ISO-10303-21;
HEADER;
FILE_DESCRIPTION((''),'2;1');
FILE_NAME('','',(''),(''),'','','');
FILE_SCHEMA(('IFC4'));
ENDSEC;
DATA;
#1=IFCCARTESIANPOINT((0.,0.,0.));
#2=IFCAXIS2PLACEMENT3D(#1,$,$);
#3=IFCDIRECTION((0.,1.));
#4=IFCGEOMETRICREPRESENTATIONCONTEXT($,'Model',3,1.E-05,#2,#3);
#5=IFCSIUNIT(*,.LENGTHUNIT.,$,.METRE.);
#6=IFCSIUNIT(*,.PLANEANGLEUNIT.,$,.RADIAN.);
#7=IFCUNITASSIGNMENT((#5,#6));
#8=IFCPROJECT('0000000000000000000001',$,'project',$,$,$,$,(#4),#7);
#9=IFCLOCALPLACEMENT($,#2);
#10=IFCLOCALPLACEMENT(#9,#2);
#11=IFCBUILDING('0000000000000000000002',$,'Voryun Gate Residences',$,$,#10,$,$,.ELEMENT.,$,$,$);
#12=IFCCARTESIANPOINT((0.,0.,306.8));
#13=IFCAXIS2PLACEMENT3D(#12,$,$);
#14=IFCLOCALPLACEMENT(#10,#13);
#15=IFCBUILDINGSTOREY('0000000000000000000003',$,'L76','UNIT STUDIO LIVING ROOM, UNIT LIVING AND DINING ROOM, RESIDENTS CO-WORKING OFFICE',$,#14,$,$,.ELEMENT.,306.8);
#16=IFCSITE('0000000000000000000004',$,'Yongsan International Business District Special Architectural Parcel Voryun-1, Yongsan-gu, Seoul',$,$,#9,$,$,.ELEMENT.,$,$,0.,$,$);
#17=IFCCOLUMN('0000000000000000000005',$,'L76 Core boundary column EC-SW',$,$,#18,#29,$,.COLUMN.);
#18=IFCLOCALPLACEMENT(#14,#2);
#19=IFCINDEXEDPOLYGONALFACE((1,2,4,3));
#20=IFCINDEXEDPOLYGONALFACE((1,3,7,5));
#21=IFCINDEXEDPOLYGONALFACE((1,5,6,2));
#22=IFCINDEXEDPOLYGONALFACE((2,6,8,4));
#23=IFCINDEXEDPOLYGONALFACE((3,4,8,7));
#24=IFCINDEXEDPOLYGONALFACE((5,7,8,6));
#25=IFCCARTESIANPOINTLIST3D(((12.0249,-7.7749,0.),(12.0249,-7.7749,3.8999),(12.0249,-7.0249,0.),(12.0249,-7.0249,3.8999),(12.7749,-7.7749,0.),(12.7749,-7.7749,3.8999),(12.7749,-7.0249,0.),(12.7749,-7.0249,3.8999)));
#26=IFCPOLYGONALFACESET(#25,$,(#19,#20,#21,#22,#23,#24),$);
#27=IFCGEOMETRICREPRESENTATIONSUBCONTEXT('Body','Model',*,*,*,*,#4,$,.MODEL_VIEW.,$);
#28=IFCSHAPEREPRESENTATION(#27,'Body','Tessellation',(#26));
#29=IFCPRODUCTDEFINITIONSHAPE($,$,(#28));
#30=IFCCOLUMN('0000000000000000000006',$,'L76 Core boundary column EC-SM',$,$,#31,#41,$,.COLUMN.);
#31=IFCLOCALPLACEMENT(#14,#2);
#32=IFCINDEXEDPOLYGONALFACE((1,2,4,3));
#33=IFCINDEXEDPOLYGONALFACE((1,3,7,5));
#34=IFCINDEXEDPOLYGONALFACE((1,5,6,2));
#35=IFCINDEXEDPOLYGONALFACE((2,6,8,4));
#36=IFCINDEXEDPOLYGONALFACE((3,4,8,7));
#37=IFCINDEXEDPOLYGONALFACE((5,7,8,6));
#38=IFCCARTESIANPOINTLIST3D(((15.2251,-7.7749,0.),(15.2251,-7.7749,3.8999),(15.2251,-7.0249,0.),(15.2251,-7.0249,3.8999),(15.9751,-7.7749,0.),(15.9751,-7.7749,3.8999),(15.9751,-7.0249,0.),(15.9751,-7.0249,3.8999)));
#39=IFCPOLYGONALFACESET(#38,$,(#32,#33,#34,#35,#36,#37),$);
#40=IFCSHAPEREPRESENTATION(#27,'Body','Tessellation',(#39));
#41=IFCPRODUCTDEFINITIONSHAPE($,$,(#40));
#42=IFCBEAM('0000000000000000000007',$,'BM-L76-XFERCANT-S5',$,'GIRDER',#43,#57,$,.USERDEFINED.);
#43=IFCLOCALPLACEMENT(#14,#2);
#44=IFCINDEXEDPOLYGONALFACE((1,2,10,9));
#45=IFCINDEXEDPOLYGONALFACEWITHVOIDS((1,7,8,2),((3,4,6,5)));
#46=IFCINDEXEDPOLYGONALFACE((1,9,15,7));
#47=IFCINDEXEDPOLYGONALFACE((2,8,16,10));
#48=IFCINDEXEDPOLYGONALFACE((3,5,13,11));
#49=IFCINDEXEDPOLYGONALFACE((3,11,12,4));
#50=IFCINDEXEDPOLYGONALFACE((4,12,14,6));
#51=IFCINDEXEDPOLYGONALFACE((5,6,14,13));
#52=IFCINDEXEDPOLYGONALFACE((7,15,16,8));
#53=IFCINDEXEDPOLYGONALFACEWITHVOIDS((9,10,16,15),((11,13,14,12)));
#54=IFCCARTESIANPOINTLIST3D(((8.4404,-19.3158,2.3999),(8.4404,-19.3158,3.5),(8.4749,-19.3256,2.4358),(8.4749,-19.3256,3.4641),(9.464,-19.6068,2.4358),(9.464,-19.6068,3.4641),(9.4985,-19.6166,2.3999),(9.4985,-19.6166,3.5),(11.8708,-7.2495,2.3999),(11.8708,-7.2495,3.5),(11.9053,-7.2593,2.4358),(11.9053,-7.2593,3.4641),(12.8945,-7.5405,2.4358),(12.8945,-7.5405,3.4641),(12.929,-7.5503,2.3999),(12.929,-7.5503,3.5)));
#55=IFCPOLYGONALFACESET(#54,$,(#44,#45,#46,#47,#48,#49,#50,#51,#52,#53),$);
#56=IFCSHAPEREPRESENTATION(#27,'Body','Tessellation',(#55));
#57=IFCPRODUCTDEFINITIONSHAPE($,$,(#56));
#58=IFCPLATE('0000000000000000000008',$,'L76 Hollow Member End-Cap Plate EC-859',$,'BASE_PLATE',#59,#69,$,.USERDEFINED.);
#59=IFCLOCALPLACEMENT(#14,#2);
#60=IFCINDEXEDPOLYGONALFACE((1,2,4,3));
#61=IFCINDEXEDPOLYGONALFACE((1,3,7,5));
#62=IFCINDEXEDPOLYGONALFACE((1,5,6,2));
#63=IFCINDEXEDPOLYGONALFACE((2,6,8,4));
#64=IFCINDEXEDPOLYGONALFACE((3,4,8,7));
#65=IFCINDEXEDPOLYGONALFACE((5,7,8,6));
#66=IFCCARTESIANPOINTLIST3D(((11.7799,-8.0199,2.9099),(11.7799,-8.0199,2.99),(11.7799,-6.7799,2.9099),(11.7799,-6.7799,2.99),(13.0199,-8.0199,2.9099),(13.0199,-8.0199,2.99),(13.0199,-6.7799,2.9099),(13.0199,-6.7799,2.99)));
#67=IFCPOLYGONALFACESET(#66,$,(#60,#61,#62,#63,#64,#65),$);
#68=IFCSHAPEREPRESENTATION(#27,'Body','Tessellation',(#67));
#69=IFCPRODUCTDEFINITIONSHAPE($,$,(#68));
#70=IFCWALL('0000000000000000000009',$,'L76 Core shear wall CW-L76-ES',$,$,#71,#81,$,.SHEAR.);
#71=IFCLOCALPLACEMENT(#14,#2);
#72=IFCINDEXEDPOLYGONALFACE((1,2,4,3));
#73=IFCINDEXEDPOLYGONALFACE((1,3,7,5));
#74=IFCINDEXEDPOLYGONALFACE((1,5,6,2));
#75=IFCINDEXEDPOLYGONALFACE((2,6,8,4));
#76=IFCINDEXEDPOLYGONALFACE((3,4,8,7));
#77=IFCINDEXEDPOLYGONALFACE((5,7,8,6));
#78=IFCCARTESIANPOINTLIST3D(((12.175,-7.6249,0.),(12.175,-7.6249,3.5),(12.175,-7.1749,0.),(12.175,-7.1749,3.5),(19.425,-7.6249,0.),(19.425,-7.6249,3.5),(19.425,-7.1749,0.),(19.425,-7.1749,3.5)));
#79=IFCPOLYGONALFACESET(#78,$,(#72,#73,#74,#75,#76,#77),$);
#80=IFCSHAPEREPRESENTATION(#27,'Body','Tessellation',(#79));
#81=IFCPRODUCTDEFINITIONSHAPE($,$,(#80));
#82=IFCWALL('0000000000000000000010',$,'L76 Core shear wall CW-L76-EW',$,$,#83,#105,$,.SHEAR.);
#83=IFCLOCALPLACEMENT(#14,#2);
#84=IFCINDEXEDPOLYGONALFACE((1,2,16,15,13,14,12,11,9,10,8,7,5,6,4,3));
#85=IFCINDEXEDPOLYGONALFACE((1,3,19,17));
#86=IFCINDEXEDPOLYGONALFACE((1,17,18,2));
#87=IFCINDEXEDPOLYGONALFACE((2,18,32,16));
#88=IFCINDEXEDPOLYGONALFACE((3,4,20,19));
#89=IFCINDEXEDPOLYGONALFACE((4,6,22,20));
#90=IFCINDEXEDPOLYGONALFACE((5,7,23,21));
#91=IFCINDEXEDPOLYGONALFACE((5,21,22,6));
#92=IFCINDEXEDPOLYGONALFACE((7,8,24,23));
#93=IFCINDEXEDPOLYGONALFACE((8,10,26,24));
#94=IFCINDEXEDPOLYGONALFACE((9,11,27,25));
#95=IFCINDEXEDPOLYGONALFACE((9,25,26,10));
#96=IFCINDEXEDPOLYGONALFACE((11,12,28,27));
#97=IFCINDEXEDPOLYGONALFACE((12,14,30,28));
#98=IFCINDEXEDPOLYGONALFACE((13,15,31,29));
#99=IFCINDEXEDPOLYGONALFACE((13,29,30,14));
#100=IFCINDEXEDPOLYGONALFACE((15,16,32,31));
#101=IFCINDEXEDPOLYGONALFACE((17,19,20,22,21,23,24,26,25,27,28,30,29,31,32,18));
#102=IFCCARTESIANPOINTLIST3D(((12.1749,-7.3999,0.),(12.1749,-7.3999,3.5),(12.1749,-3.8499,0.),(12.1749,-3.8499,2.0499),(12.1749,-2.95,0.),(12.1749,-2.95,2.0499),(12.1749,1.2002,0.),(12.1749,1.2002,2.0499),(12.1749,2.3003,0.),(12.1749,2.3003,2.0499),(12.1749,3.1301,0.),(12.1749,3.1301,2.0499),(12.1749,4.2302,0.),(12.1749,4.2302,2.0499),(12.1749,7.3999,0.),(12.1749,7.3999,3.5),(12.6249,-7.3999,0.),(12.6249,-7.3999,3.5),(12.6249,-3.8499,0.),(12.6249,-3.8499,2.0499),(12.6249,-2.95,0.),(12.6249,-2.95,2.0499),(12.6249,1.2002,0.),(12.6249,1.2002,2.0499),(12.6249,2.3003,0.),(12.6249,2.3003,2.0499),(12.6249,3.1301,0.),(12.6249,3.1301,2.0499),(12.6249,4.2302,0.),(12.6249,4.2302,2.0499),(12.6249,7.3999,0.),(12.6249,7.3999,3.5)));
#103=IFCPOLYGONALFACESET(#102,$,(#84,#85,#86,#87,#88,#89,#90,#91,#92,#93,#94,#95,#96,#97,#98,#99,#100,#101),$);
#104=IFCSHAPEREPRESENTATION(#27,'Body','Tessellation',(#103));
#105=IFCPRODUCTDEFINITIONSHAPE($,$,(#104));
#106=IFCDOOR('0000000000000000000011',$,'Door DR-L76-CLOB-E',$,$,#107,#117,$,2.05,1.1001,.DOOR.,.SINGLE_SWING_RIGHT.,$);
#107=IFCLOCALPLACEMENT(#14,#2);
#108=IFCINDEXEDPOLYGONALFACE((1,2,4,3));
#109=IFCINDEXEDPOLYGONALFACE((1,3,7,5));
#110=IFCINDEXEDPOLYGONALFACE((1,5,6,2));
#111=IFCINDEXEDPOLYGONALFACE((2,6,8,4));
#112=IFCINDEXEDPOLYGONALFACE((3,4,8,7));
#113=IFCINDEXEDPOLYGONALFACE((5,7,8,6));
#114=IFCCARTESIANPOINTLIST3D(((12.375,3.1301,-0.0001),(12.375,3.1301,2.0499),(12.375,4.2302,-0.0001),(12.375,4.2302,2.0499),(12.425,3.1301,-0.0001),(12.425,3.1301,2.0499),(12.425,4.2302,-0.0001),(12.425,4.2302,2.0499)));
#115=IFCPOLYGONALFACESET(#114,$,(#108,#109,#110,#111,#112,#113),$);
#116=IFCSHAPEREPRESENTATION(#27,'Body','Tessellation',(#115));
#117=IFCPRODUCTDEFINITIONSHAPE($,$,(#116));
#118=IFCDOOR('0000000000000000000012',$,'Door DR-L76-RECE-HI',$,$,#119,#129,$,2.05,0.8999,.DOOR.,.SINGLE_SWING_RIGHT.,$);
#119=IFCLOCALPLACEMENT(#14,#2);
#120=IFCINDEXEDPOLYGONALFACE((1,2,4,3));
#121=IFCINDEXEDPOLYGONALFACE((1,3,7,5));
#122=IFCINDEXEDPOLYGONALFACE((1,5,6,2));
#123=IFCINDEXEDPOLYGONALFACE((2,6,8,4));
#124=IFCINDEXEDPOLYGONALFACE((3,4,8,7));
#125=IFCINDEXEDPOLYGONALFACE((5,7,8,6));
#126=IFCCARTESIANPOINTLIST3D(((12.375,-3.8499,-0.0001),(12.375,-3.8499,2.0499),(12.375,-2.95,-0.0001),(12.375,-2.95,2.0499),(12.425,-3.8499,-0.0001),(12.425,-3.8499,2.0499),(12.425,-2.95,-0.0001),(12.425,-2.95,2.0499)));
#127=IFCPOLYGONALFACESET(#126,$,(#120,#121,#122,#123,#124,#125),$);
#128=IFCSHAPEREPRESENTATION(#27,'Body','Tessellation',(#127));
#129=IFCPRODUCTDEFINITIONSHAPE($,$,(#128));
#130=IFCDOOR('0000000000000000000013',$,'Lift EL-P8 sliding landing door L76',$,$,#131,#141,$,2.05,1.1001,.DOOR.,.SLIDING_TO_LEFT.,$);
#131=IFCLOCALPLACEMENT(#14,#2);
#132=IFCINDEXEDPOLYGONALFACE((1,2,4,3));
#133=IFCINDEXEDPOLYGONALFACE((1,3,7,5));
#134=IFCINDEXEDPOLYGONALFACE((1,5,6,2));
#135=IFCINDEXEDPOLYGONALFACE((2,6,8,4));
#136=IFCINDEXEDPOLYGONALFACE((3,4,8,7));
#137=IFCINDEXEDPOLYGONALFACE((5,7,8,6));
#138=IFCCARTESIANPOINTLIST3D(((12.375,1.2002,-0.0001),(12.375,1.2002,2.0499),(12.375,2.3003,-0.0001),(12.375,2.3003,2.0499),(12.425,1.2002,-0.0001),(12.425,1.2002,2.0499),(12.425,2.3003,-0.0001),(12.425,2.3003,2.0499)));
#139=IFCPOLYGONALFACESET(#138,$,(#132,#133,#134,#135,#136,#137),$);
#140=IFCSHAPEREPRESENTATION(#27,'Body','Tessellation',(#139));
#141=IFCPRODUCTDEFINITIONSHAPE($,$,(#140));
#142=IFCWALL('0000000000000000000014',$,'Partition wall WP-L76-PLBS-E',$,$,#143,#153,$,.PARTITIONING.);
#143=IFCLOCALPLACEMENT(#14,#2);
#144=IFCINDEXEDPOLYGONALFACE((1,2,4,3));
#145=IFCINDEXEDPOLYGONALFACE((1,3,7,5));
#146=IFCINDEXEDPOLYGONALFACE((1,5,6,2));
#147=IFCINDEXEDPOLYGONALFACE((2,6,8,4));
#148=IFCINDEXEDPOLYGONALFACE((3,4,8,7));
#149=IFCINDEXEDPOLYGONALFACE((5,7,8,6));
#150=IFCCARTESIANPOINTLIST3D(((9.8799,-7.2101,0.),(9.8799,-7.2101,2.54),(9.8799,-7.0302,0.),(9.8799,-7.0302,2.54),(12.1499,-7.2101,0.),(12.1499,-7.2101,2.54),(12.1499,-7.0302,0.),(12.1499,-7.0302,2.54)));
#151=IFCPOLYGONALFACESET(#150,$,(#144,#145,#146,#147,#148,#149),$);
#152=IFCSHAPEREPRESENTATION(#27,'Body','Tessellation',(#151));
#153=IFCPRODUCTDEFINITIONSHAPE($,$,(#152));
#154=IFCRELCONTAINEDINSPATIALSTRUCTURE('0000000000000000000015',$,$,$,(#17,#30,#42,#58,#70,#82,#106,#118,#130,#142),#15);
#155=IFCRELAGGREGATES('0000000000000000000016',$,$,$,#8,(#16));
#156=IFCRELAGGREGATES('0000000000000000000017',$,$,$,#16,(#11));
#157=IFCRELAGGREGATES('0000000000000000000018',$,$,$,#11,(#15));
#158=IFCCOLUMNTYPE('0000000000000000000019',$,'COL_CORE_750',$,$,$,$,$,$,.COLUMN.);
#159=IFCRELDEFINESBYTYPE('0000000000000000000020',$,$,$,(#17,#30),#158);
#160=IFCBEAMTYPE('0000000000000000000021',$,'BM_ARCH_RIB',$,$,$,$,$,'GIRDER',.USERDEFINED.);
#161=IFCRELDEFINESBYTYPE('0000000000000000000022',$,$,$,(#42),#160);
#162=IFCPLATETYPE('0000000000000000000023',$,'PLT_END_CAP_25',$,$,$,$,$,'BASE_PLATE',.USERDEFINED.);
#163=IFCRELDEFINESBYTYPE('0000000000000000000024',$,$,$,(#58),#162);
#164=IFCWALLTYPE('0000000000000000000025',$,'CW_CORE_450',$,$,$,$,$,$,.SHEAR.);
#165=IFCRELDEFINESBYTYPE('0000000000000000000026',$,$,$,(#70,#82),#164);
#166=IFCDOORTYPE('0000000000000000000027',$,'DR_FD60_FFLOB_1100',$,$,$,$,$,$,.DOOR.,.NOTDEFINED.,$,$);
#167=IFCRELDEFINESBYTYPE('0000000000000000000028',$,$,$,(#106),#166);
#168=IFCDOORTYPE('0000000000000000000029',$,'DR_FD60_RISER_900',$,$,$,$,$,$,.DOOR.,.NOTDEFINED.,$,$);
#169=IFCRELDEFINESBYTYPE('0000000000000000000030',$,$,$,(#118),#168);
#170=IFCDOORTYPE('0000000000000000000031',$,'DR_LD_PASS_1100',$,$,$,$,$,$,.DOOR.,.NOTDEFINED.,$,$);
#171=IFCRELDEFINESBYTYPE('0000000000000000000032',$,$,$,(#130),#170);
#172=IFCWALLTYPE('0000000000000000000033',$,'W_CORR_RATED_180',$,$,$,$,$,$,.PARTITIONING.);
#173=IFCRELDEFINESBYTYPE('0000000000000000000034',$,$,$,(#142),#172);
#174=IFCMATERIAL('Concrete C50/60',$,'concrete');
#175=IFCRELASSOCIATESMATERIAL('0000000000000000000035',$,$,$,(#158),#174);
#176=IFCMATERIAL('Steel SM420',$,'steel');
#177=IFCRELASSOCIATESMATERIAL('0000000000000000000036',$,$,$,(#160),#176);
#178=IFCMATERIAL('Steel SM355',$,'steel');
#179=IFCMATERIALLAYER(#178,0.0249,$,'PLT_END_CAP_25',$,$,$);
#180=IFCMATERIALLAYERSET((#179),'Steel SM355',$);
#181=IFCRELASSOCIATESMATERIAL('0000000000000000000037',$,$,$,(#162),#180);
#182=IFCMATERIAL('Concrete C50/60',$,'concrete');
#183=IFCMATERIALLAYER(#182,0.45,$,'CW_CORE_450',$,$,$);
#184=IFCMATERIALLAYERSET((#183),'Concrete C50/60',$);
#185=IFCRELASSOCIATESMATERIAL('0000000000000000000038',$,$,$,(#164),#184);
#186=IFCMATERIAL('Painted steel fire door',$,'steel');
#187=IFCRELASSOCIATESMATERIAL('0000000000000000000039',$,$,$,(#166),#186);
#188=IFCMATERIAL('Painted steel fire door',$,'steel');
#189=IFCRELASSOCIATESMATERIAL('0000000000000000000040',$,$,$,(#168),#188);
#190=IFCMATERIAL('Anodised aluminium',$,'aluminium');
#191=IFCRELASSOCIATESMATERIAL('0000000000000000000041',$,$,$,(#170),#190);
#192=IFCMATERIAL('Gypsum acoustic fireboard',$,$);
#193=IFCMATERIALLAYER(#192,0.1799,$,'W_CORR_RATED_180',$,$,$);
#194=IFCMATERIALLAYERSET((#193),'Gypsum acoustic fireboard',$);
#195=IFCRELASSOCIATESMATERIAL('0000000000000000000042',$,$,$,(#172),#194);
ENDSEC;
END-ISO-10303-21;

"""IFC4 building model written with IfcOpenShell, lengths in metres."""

from ifc_helpers import new_model, si_unit, direction, frame, frame_2d, origin, origin_2d, place, context, subcontext, project, spatial, rectangle, hollow_rectangle, extrude, material, layer, layer_set, material_profile, profile_set, type_object, element, fill, save


model = new_model("IFC4")

# Units and contexts
model_context = context("Model", 3, precision=1e-05, world=origin(), true_north=direction((0.0, 1.0)))
body_context = subcontext(model_context, "Body", "Model", "MODEL_VIEW")
ifc_project = project(units=[si_unit("LENGTHUNIT", "METRE"), si_unit("PLANEANGLEUNIT", "RADIAN")], contexts=[model_context])

# Site, building, storey
site_placement = place(None, origin())
site = spatial("IfcSite", under=ifc_project, at=site_placement, Name="Yongsan International Business District Special Architectural Parcel Voryun-1, Yongsan-gu, Seoul", CompositionType="ELEMENT", RefElevation=0.0)
building_placement = place(site_placement, origin())
building = spatial("IfcBuilding", under=site, at=building_placement, Name="Voryun Gate Residences", CompositionType="ELEMENT")
storey_placement = place(building_placement, frame((0.0, 0.0, 306.8)))
storey = spatial("IfcBuildingStorey", under=building, at=storey_placement, Name="L76", Description="UNIT STUDIO LIVING ROOM, UNIT LIVING AND DINING ROOM, RESIDENTS CO-WORKING OFFICE", CompositionType="ELEMENT", Elevation=306.8)

# Columns
ifc_material_1 = material(Name="Concrete C50/60", Category="concrete")
ifc_material_profile_1 = material_profile(ifc_material_1, rectangle(XDim=0.75, YDim=0.75, at=origin_2d()), Name="RC-750x750")
ifc_profile_set_1 = profile_set([ifc_material_profile_1], Name="Concrete C50/60")
column_type = type_object("IfcColumnType", Name="COL_CORE_750", PredefinedType="COLUMN", material=ifc_profile_set_1)
for number, where, z_axis, x_axis, name in (
    (1, (12.3999, -7.3999, 0.0), (0.0, 0.0, 1.0), (1.0, 0.0, 0.0), "L76 Core boundary column EC-SW"),
    (2, (15.6001, -7.3999, 0.0), (0.0, 0.0, 1.0), (1.0, 0.0, 0.0), "L76 Core boundary column EC-SM"),
):
    element("IfcColumn", number, at=place(storey_placement, frame(where, z_axis=z_axis, x_axis=x_axis)), inside=storey, type_object=column_type, Name=name, PredefinedType="COLUMN", context=body_context, shape_type="SweptSolid", body=[
        extrude(rectangle(XDim=0.75, YDim=0.75, at=origin_2d()), origin(), (0.0, 0.0, 1.0), 3.8999),
    ])

# Beam
ifc_material_2 = material(Name="Steel SM420", Category="steel")
ifc_material_profile_2 = material_profile(ifc_material_2, hollow_rectangle(XDim=1.1001, YDim=1.1001, WallThickness=0.0359, at=origin_2d()), Name="BOX-1100x1100x36")
ifc_profile_set_2 = profile_set([ifc_material_profile_2], Name="Steel SM420")
beam_type = type_object("IfcBeamType", Name="BM_ARCH_RIB", ElementType="GIRDER", PredefinedType="USERDEFINED", material=ifc_profile_set_2)
beam_placement = place(storey_placement, frame((12.3999, -7.3999, 2.95), z_axis=(-0.273464, -0.961882, 0.0), x_axis=(0.961882, -0.273464, 0.0)))
element("IfcBeam", 3, at=beam_placement, inside=storey, type_object=beam_type, Name="BM-L76-XFERCANT-S5", ObjectType="GIRDER", PredefinedType="USERDEFINED", context=body_context, shape_type="SweptSolid", body=[
    extrude(hollow_rectangle(XDim=1.1001, YDim=1.1001, WallThickness=0.0359, at=origin_2d()), origin(), (0.0, 0.0, 1.0), 12.5444),
])

# Plate
ifc_material_3 = material(Name="Steel SM355", Category="steel")
ifc_layer_1 = layer(ifc_material_3, 0.0249, Name="PLT_END_CAP_25")
ifc_layer_set_1 = layer_set([ifc_layer_1], Name="Steel SM355")
plate_type = type_object("IfcPlateType", Name="PLT_END_CAP_25", ElementType="BASE_PLATE", PredefinedType="USERDEFINED", material=ifc_layer_set_1)
plate_placement = place(storey_placement, frame((12.3999, -7.3999, 2.9099), z_axis=(0.0, 0.0, 1.0), x_axis=(1.0, 0.0, 0.0)))
element("IfcPlate", 4, at=plate_placement, inside=storey, type_object=plate_type, Name="L76 Hollow Member End-Cap Plate EC-859", ObjectType="BASE_PLATE", PredefinedType="USERDEFINED", context=body_context, shape_type="SweptSolid", body=[
    extrude(rectangle(XDim=1.24, YDim=1.24, at=origin_2d()), origin(), (0.0, 0.0, 1.0), 0.0801),
])

# Wall
ifc_material_4 = material(Name="Concrete C50/60", Category="concrete")
ifc_layer_2 = layer(ifc_material_4, 0.45, Name="CW_CORE_450")
ifc_layer_set_2 = layer_set([ifc_layer_2], Name="Concrete C50/60")
wall_type_1 = type_object("IfcWallType", Name="CW_CORE_450", PredefinedType="SHEAR", material=ifc_layer_set_2)
wall_1_placement = place(storey_placement, frame((12.175, -7.3999, 0.0), z_axis=(0.0, 0.0, 1.0), x_axis=(1.0, 0.0, 0.0)))
element("IfcWall", 5, at=wall_1_placement, inside=storey, type_object=wall_type_1, Name="L76 Core shear wall CW-L76-ES", PredefinedType="SHEAR", context=body_context, shape_type="SweptSolid", body=[
    extrude(rectangle(XDim=7.25, YDim=0.45, at=frame_2d((3.625, 0.0))), origin(), (0.0, 0.0, 1.0), 3.5),
])

# Wall, openings, doors
wall_2_placement = place(storey_placement, frame((12.3999, -7.3999, 0.0), z_axis=(0.0, 0.0, 1.0), x_axis=(0.0, 1.0, 0.0)))
wall_2 = element("IfcWall", 6, at=wall_2_placement, inside=storey, type_object=wall_type_1, Name="L76 Core shear wall CW-L76-EW", PredefinedType="SHEAR", context=body_context, shape_type="SweptSolid", body=[
    extrude(rectangle(XDim=14.7998, YDim=0.45, at=frame_2d((7.3999, 0.0))), origin(), (0.0, 0.0, 1.0), 3.5),
])
opening_1_placement = place(wall_2_placement, frame((8.6001, 0.0, 0.0)))
opening_1 = element("IfcOpeningElement", 7, at=opening_1_placement, cuts=wall_2, PredefinedType="OPENING", context=body_context, shape_type="SweptSolid", body=[
    extrude(rectangle(XDim=1.1001, YDim=2.05, at=frame_2d((0.55, 1.0249))), frame((0.0, 0.2351, 0.0), z_axis=(0.0, -1.0, 0.0), x_axis=(1.0, 0.0, 0.0)), (0.0, 0.0, 1.0), 0.47),
])
opening_2_placement = place(wall_2_placement, frame((10.53, 0.0, 0.0)))
opening_2 = element("IfcOpeningElement", 8, at=opening_2_placement, cuts=wall_2, PredefinedType="OPENING", context=body_context, shape_type="SweptSolid", body=[
    extrude(rectangle(XDim=1.1001, YDim=2.05, at=frame_2d((0.55, 1.0249))), frame((0.0, 0.2351, 0.0), z_axis=(0.0, -1.0, 0.0), x_axis=(1.0, 0.0, 0.0)), (0.0, 0.0, 1.0), 0.47),
])
opening_3_placement = place(wall_2_placement, frame((3.55, 0.0, 0.0)))
opening_3 = element("IfcOpeningElement", 9, at=opening_3_placement, cuts=wall_2, PredefinedType="OPENING", context=body_context, shape_type="SweptSolid", body=[
    extrude(rectangle(XDim=0.8999, YDim=2.05, at=frame_2d((0.45, 1.0249))), frame((0.0, 0.2351, 0.0), z_axis=(0.0, -1.0, 0.0), x_axis=(1.0, 0.0, 0.0)), (0.0, 0.0, 1.0), 0.47),
])
ifc_material_5 = material(Name="Painted steel fire door", Category="steel")
door_type_1 = type_object("IfcDoorType", Name="DR_FD60_FFLOB_1100", OperationType="NOTDEFINED", PredefinedType="DOOR", material=ifc_material_5)
door_1_placement = place(opening_2_placement, origin())
door_1 = element("IfcDoor", 10, at=door_1_placement, inside=storey, type_object=door_type_1, Name="Door DR-L76-CLOB-E", OperationType="SINGLE_SWING_RIGHT", OverallHeight=2.05, OverallWidth=1.1001, PredefinedType="DOOR", context=body_context, shape_type="SweptSolid", body=[
    extrude(rectangle(XDim=1.1001, YDim=2.05, at=frame_2d((0.55, 1.0249))), frame((0.0, 0.0249, 0.0), z_axis=(0.0, -1.0, 0.0), x_axis=(1.0, 0.0, 0.0)), (0.0, 0.0, 1.0), 0.05),
])
fill(opening_2, door_1)
ifc_material_6 = material(Name="Painted steel fire door", Category="steel")
door_type_2 = type_object("IfcDoorType", Name="DR_FD60_RISER_900", OperationType="NOTDEFINED", PredefinedType="DOOR", material=ifc_material_6)
door_2_placement = place(opening_3_placement, origin())
door_2 = element("IfcDoor", 11, at=door_2_placement, inside=storey, type_object=door_type_2, Name="Door DR-L76-RECE-HI", OperationType="SINGLE_SWING_RIGHT", OverallHeight=2.05, OverallWidth=0.8999, PredefinedType="DOOR", context=body_context, shape_type="SweptSolid", body=[
    extrude(rectangle(XDim=0.8999, YDim=2.05, at=frame_2d((0.45, 1.0249))), frame((0.0, 0.0249, 0.0), z_axis=(0.0, -1.0, 0.0), x_axis=(1.0, 0.0, 0.0)), (0.0, 0.0, 1.0), 0.05),
])
fill(opening_3, door_2)
ifc_material_7 = material(Name="Anodised aluminium", Category="aluminium")
door_type_3 = type_object("IfcDoorType", Name="DR_LD_PASS_1100", OperationType="NOTDEFINED", PredefinedType="DOOR", material=ifc_material_7)
door_3_placement = place(opening_1_placement, origin())
door_3 = element("IfcDoor", 12, at=door_3_placement, inside=storey, type_object=door_type_3, Name="Lift EL-P8 sliding landing door L76", OperationType="SLIDING_TO_LEFT", OverallHeight=2.05, OverallWidth=1.1001, PredefinedType="DOOR", context=body_context, shape_type="SweptSolid", body=[
    extrude(rectangle(XDim=1.1001, YDim=2.05, at=frame_2d((0.55, 1.0249))), frame((0.0, 0.0249, 0.0), z_axis=(0.0, -1.0, 0.0), x_axis=(1.0, 0.0, 0.0)), (0.0, 0.0, 1.0), 0.05),
])
fill(opening_1, door_3)

# Wall
ifc_material_8 = material(Name="Gypsum acoustic fireboard")
ifc_layer_3 = layer(ifc_material_8, 0.1799, Name="W_CORR_RATED_180")
ifc_layer_set_3 = layer_set([ifc_layer_3], Name="Gypsum acoustic fireboard")
wall_type_2 = type_object("IfcWallType", Name="W_CORR_RATED_180", PredefinedType="PARTITIONING", material=ifc_layer_set_3)
wall_3_placement = place(storey_placement, frame((9.8799, -7.1201, 0.0), z_axis=(0.0, 0.0, 1.0), x_axis=(1.0, 0.0, 0.0)))
element("IfcWall", 13, at=wall_3_placement, inside=storey, type_object=wall_type_2, Name="Partition wall WP-L76-PLBS-E", PredefinedType="PARTITIONING", context=body_context, shape_type="SweptSolid", body=[
    extrude(rectangle(XDim=2.27, YDim=0.1799, at=frame_2d((1.135, 0.0))), origin(), (0.0, 0.0, 1.0), 2.54),
])

save(model, "model.ifc")
